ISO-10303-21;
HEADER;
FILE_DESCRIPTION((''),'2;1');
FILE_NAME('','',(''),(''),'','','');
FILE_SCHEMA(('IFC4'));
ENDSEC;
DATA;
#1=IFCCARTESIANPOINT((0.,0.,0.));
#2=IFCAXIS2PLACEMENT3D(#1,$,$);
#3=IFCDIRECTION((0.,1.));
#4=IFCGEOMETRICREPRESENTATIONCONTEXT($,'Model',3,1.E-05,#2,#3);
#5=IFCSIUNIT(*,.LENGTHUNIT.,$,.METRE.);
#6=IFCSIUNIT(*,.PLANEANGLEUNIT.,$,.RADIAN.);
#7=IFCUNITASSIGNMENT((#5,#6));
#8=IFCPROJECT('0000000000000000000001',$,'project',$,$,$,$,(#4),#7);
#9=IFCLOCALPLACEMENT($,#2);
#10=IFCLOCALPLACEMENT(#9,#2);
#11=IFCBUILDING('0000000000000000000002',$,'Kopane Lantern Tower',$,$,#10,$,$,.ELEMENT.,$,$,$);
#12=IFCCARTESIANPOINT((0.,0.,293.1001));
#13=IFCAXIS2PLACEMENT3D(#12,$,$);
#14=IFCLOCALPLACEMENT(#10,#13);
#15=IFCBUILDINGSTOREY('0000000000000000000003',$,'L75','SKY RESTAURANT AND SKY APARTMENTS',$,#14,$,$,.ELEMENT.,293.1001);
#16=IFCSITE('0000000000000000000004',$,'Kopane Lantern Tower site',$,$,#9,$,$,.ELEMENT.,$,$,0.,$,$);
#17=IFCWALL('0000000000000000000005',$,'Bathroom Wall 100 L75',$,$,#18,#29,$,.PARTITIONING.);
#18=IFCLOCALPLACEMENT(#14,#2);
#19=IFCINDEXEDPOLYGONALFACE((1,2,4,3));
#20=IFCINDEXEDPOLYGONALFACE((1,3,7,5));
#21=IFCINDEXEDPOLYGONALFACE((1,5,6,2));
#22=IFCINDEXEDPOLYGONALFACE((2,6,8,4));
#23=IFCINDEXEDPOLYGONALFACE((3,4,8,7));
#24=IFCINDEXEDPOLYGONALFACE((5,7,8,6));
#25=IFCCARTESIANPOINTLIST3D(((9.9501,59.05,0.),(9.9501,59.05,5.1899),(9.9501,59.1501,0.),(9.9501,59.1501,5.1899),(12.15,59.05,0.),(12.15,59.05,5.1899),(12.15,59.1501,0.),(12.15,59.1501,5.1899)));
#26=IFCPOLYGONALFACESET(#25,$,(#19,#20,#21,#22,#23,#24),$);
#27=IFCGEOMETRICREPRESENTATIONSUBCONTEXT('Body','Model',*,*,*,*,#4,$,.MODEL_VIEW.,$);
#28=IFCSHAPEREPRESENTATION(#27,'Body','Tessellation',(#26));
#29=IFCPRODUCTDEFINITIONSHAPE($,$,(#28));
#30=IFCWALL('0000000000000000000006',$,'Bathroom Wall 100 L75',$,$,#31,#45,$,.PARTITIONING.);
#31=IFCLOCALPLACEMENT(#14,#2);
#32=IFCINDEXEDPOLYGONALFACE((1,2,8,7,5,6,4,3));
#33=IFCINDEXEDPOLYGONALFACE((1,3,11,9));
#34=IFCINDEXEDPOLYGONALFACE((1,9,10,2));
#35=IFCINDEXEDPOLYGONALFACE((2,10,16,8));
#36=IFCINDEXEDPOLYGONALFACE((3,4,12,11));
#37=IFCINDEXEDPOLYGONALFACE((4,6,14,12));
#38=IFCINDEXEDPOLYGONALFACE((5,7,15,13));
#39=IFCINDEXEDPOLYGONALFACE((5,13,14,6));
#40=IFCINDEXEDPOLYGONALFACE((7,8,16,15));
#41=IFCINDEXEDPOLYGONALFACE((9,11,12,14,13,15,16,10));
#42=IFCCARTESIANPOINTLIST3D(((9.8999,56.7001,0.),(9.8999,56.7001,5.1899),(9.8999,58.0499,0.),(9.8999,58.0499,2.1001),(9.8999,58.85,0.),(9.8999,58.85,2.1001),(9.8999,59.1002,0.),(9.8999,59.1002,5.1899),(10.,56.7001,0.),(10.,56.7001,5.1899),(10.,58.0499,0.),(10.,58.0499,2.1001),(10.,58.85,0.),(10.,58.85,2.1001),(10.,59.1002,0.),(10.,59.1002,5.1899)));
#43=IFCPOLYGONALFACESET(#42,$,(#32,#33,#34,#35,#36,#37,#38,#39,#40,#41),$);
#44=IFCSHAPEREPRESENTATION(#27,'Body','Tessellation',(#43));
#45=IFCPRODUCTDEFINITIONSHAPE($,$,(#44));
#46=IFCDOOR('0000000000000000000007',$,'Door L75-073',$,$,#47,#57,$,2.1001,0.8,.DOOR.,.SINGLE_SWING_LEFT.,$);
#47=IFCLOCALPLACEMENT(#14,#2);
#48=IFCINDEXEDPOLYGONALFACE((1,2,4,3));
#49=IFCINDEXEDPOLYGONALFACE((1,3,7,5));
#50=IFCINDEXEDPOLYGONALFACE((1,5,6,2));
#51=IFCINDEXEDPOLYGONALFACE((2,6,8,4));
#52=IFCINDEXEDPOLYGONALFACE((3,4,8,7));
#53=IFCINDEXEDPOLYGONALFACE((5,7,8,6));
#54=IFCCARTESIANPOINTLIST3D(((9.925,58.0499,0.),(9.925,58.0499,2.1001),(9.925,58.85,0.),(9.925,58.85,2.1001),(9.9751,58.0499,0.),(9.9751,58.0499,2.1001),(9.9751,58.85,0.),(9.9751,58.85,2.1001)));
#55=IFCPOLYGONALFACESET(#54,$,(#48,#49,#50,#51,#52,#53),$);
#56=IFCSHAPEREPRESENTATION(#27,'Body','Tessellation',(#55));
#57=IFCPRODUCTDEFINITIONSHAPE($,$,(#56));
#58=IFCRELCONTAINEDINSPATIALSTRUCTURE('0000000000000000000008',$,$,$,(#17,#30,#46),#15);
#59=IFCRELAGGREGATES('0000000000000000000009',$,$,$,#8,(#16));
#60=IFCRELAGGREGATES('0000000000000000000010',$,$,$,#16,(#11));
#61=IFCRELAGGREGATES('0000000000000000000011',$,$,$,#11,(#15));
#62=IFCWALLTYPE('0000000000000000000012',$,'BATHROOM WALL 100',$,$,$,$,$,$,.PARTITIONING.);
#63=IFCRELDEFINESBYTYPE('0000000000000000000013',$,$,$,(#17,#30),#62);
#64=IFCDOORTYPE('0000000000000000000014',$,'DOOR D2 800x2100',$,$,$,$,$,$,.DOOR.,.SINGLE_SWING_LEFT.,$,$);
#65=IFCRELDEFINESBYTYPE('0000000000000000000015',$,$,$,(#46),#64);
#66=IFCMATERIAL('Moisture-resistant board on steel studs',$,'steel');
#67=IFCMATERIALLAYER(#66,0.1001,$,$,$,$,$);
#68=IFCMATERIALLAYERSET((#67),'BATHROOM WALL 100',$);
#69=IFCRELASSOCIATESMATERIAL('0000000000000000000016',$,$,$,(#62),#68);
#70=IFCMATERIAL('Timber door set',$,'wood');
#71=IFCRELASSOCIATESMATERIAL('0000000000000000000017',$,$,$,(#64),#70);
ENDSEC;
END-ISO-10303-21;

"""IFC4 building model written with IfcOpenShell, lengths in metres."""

from ifc_helpers import new_model, si_unit, direction, frame, frame_2d, origin, place, context, subcontext, project, spatial, rectangle, extrude, material, layer, layer_set, type_object, element, fill, save


model = new_model("IFC4")

# Units and contexts
model_context = context("Model", 3, precision=1e-05, world=origin(), true_north=direction((0.0, 1.0)))
body_context = subcontext(model_context, "Body", "Model", "MODEL_VIEW")
ifc_project = project(units=[si_unit("LENGTHUNIT", "METRE"), si_unit("PLANEANGLEUNIT", "RADIAN")], contexts=[model_context])

# Site, building, storey
site_placement = place(None, origin())
site = spatial("IfcSite", under=ifc_project, at=site_placement, Name="Kopane Lantern Tower site", CompositionType="ELEMENT", RefElevation=0.0)
building_placement = place(site_placement, origin())
building = spatial("IfcBuilding", under=site, at=building_placement, Name="Kopane Lantern Tower", CompositionType="ELEMENT")
storey_placement = place(building_placement, frame((0.0, 0.0, 293.1001)))
storey = spatial("IfcBuildingStorey", under=building, at=storey_placement, Name="L75", Description="SKY RESTAURANT AND SKY APARTMENTS", CompositionType="ELEMENT", Elevation=293.1001)

# Wall
ifc_material_1 = material(Name="Moisture-resistant board on steel studs", Category="steel")
ifc_layer_1 = layer(ifc_material_1, 0.1001)
ifc_layer_set_1 = layer_set([ifc_layer_1], Name="BATHROOM WALL 100")
wall_type = type_object("IfcWallType", Name="BATHROOM WALL 100", PredefinedType="PARTITIONING", material=ifc_layer_set_1)
wall_1_placement = place(storey_placement, frame((9.95, 59.1001, 0.0), z_axis=(0.0, 0.0, 1.0), x_axis=(1.0, 0.0, 0.0)))
element("IfcWall", 1, at=wall_1_placement, inside=storey, type_object=wall_type, Name="Bathroom Wall 100 L75", PredefinedType="PARTITIONING", context=body_context, shape_type="SweptSolid", body=[
    extrude(rectangle(XDim=2.2, YDim=0.1001, at=frame_2d((1.1001, 0.0))), origin(), (0.0, 0.0, 1.0), 5.1899),
])

# Wall, opening, door
wall_2_placement = place(storey_placement, frame((9.95, 56.7, 0.0), z_axis=(0.0, 0.0, 1.0), x_axis=(0.0, 1.0, 0.0)))
wall_2 = element("IfcWall", 2, at=wall_2_placement, inside=storey, type_object=wall_type, Name="Bathroom Wall 100 L75", PredefinedType="PARTITIONING", context=body_context, shape_type="SweptSolid", body=[
    extrude(rectangle(XDim=2.4001, YDim=0.1001, at=frame_2d((1.2002, 0.0))), origin(), (0.0, 0.0, 1.0), 5.1899),
])
opening_placement = place(wall_2_placement, frame((1.3501, 0.0, 0.0)))
opening = element("IfcOpeningElement", 3, at=opening_placement, cuts=wall_2, PredefinedType="OPENING", context=body_context, shape_type="SweptSolid", body=[
    extrude(rectangle(XDim=0.8, YDim=2.1001, at=frame_2d((0.3999, 1.05))), frame((0.0, 0.0601, 0.0), z_axis=(0.0, -1.0, 0.0), x_axis=(1.0, 0.0, 0.0)), (0.0, 0.0, 1.0), 0.1201),
])
ifc_material_2 = material(Name="Timber door set", Category="wood")
door_type = type_object("IfcDoorType", Name="DOOR D2 800x2100", OperationType="SINGLE_SWING_LEFT", PredefinedType="DOOR", material=ifc_material_2)
door_placement = place(opening_placement, origin())
door = element("IfcDoor", 4, at=door_placement, inside=storey, type_object=door_type, Name="Door L75-073", OperationType="SINGLE_SWING_LEFT", OverallHeight=2.1001, OverallWidth=0.8, PredefinedType="DOOR", context=body_context, shape_type="SweptSolid", body=[
    extrude(rectangle(XDim=0.8, YDim=2.1001, at=frame_2d((0.3999, 1.05))), frame((0.0, 0.0249, 0.0), z_axis=(0.0, -1.0, 0.0), x_axis=(1.0, 0.0, 0.0)), (0.0, 0.0, 1.0), 0.05),
])
fill(opening, door)

save(model, "model.ifc")
